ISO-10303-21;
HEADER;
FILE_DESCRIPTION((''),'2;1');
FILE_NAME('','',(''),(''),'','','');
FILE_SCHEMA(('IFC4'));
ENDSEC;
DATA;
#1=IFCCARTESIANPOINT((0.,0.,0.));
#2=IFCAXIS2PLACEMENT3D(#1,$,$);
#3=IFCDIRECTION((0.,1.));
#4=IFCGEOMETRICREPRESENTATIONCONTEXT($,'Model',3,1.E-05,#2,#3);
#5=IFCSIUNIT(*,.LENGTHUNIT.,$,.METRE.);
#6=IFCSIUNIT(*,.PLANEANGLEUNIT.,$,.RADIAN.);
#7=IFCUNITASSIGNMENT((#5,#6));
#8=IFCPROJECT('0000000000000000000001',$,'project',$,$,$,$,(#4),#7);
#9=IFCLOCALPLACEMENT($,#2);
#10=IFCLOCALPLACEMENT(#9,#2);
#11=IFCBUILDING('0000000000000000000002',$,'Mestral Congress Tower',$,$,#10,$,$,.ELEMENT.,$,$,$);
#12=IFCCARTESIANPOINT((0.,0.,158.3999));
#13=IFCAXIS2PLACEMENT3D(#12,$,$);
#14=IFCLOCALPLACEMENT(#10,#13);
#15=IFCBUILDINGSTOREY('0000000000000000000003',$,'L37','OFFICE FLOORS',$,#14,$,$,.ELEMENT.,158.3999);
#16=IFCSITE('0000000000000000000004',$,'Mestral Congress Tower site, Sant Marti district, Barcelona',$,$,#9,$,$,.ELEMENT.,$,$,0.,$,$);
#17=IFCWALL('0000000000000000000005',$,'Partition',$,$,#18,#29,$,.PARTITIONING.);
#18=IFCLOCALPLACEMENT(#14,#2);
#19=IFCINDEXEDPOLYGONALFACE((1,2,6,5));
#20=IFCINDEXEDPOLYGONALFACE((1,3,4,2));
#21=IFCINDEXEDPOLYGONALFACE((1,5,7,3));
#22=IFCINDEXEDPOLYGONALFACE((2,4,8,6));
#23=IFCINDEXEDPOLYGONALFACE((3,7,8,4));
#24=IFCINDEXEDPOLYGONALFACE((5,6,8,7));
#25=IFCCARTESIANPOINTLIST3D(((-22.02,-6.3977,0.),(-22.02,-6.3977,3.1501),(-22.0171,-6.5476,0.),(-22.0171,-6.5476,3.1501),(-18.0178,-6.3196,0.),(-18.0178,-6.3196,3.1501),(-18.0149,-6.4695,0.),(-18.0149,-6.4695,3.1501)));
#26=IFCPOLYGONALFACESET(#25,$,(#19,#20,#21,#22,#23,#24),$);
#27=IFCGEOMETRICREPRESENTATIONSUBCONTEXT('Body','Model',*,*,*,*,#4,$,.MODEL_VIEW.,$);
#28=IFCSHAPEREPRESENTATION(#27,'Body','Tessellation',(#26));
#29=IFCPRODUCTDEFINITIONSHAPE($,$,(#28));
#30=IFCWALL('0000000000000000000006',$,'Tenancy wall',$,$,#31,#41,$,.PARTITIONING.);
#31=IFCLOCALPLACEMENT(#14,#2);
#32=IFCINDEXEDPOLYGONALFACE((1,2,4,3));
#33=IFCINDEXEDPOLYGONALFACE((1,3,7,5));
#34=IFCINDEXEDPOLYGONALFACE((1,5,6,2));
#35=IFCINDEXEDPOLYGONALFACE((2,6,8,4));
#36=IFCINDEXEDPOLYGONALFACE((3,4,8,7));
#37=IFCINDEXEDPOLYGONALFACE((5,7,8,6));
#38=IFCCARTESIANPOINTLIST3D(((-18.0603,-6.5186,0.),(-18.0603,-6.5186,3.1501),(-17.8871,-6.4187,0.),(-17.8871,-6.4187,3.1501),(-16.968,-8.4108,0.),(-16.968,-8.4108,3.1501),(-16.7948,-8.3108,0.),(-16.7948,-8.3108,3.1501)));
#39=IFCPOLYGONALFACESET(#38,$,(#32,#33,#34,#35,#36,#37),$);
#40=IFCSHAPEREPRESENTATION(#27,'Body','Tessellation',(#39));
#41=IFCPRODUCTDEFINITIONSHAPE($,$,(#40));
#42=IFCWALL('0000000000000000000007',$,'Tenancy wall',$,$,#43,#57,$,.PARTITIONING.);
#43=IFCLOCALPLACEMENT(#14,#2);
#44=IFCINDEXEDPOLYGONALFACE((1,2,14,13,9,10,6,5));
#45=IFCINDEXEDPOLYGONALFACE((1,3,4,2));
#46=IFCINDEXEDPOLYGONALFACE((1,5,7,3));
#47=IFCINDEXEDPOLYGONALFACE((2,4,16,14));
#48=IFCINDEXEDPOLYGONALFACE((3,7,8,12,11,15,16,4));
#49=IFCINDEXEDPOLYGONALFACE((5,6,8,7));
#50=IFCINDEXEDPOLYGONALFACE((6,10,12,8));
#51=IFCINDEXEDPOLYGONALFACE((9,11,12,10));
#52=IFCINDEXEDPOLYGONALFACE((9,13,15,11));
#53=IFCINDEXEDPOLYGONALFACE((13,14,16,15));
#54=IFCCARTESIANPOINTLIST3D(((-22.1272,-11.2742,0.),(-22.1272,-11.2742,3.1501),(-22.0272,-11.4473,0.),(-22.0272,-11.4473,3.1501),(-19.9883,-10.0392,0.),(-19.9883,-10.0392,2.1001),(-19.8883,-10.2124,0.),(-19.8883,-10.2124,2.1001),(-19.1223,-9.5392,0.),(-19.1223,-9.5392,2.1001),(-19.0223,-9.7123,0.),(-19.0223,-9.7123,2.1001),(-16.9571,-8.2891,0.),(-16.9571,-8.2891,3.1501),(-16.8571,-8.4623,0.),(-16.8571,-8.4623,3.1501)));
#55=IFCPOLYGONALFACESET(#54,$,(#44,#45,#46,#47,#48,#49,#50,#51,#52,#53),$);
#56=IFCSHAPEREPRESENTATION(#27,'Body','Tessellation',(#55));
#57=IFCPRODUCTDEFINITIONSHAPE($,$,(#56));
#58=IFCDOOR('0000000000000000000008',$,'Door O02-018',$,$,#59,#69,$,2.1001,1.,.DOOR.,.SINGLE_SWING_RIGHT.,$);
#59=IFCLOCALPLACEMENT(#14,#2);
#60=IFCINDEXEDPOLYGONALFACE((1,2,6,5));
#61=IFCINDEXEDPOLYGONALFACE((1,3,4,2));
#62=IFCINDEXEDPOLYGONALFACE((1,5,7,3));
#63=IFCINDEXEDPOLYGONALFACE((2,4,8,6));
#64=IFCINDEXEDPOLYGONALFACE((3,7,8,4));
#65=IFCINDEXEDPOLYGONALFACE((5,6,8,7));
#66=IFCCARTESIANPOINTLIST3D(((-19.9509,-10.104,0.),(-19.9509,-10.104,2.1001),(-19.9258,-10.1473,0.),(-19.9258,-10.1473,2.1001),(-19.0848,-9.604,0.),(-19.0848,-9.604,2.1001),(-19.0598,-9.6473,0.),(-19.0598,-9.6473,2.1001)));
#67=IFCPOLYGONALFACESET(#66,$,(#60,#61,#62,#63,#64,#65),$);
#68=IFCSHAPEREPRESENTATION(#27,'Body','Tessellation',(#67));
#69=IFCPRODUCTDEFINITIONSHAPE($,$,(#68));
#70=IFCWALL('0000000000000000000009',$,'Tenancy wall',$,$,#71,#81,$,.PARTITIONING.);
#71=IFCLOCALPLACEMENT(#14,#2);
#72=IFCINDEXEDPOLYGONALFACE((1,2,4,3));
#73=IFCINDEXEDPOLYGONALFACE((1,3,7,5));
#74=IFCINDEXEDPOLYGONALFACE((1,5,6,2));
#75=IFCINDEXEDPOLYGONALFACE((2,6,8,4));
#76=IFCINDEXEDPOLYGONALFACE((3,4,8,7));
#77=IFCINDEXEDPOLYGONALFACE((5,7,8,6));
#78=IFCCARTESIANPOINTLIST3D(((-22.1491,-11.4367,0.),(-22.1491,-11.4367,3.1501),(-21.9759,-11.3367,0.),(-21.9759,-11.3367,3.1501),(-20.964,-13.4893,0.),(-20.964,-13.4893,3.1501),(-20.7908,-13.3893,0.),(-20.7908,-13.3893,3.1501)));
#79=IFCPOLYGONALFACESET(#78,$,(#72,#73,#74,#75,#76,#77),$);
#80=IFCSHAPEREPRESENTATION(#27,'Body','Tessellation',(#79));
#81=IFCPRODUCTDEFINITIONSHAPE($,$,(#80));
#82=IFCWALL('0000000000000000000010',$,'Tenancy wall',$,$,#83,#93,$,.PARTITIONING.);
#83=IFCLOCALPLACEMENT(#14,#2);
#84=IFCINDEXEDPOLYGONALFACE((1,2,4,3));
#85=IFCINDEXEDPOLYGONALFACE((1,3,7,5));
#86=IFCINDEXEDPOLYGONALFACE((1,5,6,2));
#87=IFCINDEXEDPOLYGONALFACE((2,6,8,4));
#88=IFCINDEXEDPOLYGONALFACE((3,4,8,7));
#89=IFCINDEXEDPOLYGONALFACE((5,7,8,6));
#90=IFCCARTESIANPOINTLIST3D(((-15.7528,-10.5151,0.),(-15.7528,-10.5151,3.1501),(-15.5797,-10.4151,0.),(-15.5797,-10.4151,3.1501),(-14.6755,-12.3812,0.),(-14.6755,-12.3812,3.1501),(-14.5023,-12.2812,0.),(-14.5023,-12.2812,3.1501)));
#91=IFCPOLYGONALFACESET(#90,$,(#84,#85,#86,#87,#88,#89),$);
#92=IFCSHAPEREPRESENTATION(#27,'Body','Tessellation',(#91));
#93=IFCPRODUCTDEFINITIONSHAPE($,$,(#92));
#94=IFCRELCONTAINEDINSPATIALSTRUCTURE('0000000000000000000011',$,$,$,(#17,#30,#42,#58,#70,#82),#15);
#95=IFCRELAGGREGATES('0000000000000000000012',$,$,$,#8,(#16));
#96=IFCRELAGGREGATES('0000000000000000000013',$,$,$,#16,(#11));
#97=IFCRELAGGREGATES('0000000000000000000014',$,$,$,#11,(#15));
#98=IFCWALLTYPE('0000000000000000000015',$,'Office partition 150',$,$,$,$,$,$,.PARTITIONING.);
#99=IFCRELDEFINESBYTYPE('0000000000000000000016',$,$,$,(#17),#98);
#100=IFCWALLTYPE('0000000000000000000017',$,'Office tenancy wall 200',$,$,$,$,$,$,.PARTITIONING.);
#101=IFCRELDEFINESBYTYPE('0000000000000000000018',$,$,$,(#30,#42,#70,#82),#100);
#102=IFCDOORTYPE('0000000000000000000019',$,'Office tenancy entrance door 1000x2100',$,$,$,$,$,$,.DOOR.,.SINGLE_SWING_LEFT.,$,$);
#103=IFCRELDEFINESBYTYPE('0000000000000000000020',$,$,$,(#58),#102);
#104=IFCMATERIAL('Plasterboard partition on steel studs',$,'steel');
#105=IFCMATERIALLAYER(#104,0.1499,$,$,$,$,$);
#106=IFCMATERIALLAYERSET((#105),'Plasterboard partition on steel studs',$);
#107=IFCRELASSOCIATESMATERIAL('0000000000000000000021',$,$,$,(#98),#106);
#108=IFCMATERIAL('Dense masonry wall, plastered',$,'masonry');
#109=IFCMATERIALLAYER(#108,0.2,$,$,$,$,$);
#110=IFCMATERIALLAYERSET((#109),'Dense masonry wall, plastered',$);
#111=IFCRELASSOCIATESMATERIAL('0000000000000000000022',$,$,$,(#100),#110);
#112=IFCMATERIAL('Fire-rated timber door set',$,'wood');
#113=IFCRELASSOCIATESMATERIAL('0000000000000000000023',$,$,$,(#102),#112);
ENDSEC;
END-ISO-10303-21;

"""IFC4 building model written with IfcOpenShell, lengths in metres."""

from ifc_helpers import new_model, si_unit, direction, frame, frame_2d, origin, place, context, subcontext, project, spatial, rectangle, extrude, material, layer, layer_set, type_object, element, fill, save


model = new_model("IFC4")

# Units and contexts
model_context = context("Model", 3, precision=1e-05, world=origin(), true_north=direction((0.0, 1.0)))
body_context = subcontext(model_context, "Body", "Model", "MODEL_VIEW")
ifc_project = project(units=[si_unit("LENGTHUNIT", "METRE"), si_unit("PLANEANGLEUNIT", "RADIAN")], contexts=[model_context])

# Site, building, storey
site_placement = place(None, origin())
site = spatial("IfcSite", under=ifc_project, at=site_placement, Name="Mestral Congress Tower site, Sant Marti district, Barcelona", CompositionType="ELEMENT", RefElevation=0.0)
building_placement = place(site_placement, origin())
building = spatial("IfcBuilding", under=site, at=building_placement, Name="Mestral Congress Tower", CompositionType="ELEMENT")
storey_placement = place(building_placement, frame((0.0, 0.0, 158.3999)))
storey = spatial("IfcBuildingStorey", under=building, at=storey_placement, Name="L37", Description="OFFICE FLOORS", CompositionType="ELEMENT", Elevation=158.3999)

# Shared definitions
ifc_material_1 = material(Name="Plasterboard partition on steel studs", Category="steel")
ifc_layer_1 = layer(ifc_material_1, 0.1499)
ifc_layer_set_1 = layer_set([ifc_layer_1], Name="Plasterboard partition on steel studs")
wall_type_1 = type_object("IfcWallType", Name="Office partition 150", PredefinedType="PARTITIONING", material=ifc_layer_set_1)

# Walls
wall_1_placement = place(storey_placement, frame((-18.0164, -6.3945, 0.0), z_axis=(0.0, 0.0, 1.0), x_axis=(-0.99981, -0.019517, 0.0)))
element("IfcWall", 1, at=wall_1_placement, inside=storey, type_object=wall_type_1, Name="Partition", PredefinedType="PARTITIONING", context=body_context, shape_type="SweptSolid", body=[
    extrude(rectangle(XDim=4.0029, YDim=0.1499, at=frame_2d((2.0015, 0.0))), origin(), (0.0, 0.0, 1.0), 3.1501),
])
ifc_material_2 = material(Name="Dense masonry wall, plastered", Category="masonry")
ifc_layer_2 = layer(ifc_material_2, 0.2)
ifc_layer_set_2 = layer_set([ifc_layer_2], Name="Dense masonry wall, plastered")
wall_type_2 = type_object("IfcWallType", Name="Office tenancy wall 200", PredefinedType="PARTITIONING", material=ifc_layer_set_2)
wall_2_placement = place(storey_placement, frame((-17.9736, -6.4688, 0.0), z_axis=(0.0, 0.0, 1.0), x_axis=(0.499961, -0.866048, 0.0)))
element("IfcWall", 2, at=wall_2_placement, inside=storey, type_object=wall_type_2, Name="Tenancy wall", PredefinedType="PARTITIONING", context=body_context, shape_type="SweptSolid", body=[
    extrude(rectangle(XDim=2.1848, YDim=0.2, at=frame_2d((1.0923, 0.0))), origin(), (0.0, 0.0, 1.0), 3.1501),
])

# Wall, opening, door
wall_3_placement = place(storey_placement, frame((-16.9072, -8.3757, 0.0), z_axis=(0.0, 0.0, 1.0), x_axis=(-0.866017, -0.500014, 0.0)))
wall_3 = element("IfcWall", 3, at=wall_3_placement, inside=storey, type_object=wall_type_2, Name="Tenancy wall", PredefinedType="PARTITIONING", context=body_context, shape_type="SweptSolid", body=[
    extrude(rectangle(XDim=5.97, YDim=0.2, at=frame_2d((2.9849, 0.0))), origin(), (0.0, 0.0, 1.0), 3.1501),
])
opening_1_placement = place(wall_3_placement, frame((2.5, 0.0, 0.0)))
opening_1 = element("IfcOpeningElement", 4, at=opening_1_placement, cuts=wall_3, PredefinedType="OPENING", context=body_context, shape_type="SweptSolid", body=[
    extrude(rectangle(XDim=1.0, YDim=2.1001, at=frame_2d((0.5, 1.05))), frame((0.0, 0.1099, 0.0), z_axis=(0.0, -1.0, 0.0), x_axis=(1.0, 0.0, 0.0)), (0.0, 0.0, 1.0), 0.22),
])
ifc_material_3 = material(Name="Fire-rated timber door set", Category="wood")
door_type_1 = type_object("IfcDoorType", Name="Office tenancy entrance door 1000x2100", OperationType="SINGLE_SWING_LEFT", PredefinedType="DOOR", material=ifc_material_3)
door_1_placement = place(opening_1_placement, origin())
door_1 = element("IfcDoor", 5, at=door_1_placement, inside=storey, type_object=door_type_1, Name="Door O02-018", OperationType="SINGLE_SWING_RIGHT", OverallHeight=2.1001, OverallWidth=1.0, PredefinedType="DOOR", context=body_context, shape_type="SweptSolid", body=[
    extrude(rectangle(XDim=1.0, YDim=2.1001, at=frame_2d((0.5, 1.05))), frame((0.0, 0.0249, 0.0), z_axis=(0.0, -1.0, 0.0), x_axis=(1.0, 0.0, 0.0)), (0.0, 0.0, 1.0), 0.05),
])
fill(opening_1, door_1)

# Walls
wall_4_placement = place(storey_placement, frame((-22.0625, -11.3867, 0.0), z_axis=(0.0, 0.0, 1.0), x_axis=(0.500017, -0.866016, 0.0)))
element("IfcWall", 6, at=wall_4_placement, inside=storey, type_object=wall_type_2, Name="Tenancy wall", PredefinedType="PARTITIONING", context=body_context, shape_type="SweptSolid", body=[
    extrude(rectangle(XDim=2.3701, YDim=0.2, at=frame_2d((1.1851, 0.0))), origin(), (0.0, 0.0, 1.0), 3.1501),
])
wall_5_placement = place(storey_placement, frame((-15.6663, -10.4651, 0.0), z_axis=(0.0, 0.0, 1.0), x_axis=(0.499977, -0.866038, 0.0)))
element("IfcWall", 7, at=wall_5_placement, inside=storey, type_object=wall_type_2, Name="Tenancy wall", PredefinedType="PARTITIONING", context=body_context, shape_type="SweptSolid", body=[
    extrude(rectangle(XDim=2.1548, YDim=0.2, at=frame_2d((1.0774, 0.0))), origin(), (0.0, 0.0, 1.0), 3.1501),
])

save(model, "model.ifc")
